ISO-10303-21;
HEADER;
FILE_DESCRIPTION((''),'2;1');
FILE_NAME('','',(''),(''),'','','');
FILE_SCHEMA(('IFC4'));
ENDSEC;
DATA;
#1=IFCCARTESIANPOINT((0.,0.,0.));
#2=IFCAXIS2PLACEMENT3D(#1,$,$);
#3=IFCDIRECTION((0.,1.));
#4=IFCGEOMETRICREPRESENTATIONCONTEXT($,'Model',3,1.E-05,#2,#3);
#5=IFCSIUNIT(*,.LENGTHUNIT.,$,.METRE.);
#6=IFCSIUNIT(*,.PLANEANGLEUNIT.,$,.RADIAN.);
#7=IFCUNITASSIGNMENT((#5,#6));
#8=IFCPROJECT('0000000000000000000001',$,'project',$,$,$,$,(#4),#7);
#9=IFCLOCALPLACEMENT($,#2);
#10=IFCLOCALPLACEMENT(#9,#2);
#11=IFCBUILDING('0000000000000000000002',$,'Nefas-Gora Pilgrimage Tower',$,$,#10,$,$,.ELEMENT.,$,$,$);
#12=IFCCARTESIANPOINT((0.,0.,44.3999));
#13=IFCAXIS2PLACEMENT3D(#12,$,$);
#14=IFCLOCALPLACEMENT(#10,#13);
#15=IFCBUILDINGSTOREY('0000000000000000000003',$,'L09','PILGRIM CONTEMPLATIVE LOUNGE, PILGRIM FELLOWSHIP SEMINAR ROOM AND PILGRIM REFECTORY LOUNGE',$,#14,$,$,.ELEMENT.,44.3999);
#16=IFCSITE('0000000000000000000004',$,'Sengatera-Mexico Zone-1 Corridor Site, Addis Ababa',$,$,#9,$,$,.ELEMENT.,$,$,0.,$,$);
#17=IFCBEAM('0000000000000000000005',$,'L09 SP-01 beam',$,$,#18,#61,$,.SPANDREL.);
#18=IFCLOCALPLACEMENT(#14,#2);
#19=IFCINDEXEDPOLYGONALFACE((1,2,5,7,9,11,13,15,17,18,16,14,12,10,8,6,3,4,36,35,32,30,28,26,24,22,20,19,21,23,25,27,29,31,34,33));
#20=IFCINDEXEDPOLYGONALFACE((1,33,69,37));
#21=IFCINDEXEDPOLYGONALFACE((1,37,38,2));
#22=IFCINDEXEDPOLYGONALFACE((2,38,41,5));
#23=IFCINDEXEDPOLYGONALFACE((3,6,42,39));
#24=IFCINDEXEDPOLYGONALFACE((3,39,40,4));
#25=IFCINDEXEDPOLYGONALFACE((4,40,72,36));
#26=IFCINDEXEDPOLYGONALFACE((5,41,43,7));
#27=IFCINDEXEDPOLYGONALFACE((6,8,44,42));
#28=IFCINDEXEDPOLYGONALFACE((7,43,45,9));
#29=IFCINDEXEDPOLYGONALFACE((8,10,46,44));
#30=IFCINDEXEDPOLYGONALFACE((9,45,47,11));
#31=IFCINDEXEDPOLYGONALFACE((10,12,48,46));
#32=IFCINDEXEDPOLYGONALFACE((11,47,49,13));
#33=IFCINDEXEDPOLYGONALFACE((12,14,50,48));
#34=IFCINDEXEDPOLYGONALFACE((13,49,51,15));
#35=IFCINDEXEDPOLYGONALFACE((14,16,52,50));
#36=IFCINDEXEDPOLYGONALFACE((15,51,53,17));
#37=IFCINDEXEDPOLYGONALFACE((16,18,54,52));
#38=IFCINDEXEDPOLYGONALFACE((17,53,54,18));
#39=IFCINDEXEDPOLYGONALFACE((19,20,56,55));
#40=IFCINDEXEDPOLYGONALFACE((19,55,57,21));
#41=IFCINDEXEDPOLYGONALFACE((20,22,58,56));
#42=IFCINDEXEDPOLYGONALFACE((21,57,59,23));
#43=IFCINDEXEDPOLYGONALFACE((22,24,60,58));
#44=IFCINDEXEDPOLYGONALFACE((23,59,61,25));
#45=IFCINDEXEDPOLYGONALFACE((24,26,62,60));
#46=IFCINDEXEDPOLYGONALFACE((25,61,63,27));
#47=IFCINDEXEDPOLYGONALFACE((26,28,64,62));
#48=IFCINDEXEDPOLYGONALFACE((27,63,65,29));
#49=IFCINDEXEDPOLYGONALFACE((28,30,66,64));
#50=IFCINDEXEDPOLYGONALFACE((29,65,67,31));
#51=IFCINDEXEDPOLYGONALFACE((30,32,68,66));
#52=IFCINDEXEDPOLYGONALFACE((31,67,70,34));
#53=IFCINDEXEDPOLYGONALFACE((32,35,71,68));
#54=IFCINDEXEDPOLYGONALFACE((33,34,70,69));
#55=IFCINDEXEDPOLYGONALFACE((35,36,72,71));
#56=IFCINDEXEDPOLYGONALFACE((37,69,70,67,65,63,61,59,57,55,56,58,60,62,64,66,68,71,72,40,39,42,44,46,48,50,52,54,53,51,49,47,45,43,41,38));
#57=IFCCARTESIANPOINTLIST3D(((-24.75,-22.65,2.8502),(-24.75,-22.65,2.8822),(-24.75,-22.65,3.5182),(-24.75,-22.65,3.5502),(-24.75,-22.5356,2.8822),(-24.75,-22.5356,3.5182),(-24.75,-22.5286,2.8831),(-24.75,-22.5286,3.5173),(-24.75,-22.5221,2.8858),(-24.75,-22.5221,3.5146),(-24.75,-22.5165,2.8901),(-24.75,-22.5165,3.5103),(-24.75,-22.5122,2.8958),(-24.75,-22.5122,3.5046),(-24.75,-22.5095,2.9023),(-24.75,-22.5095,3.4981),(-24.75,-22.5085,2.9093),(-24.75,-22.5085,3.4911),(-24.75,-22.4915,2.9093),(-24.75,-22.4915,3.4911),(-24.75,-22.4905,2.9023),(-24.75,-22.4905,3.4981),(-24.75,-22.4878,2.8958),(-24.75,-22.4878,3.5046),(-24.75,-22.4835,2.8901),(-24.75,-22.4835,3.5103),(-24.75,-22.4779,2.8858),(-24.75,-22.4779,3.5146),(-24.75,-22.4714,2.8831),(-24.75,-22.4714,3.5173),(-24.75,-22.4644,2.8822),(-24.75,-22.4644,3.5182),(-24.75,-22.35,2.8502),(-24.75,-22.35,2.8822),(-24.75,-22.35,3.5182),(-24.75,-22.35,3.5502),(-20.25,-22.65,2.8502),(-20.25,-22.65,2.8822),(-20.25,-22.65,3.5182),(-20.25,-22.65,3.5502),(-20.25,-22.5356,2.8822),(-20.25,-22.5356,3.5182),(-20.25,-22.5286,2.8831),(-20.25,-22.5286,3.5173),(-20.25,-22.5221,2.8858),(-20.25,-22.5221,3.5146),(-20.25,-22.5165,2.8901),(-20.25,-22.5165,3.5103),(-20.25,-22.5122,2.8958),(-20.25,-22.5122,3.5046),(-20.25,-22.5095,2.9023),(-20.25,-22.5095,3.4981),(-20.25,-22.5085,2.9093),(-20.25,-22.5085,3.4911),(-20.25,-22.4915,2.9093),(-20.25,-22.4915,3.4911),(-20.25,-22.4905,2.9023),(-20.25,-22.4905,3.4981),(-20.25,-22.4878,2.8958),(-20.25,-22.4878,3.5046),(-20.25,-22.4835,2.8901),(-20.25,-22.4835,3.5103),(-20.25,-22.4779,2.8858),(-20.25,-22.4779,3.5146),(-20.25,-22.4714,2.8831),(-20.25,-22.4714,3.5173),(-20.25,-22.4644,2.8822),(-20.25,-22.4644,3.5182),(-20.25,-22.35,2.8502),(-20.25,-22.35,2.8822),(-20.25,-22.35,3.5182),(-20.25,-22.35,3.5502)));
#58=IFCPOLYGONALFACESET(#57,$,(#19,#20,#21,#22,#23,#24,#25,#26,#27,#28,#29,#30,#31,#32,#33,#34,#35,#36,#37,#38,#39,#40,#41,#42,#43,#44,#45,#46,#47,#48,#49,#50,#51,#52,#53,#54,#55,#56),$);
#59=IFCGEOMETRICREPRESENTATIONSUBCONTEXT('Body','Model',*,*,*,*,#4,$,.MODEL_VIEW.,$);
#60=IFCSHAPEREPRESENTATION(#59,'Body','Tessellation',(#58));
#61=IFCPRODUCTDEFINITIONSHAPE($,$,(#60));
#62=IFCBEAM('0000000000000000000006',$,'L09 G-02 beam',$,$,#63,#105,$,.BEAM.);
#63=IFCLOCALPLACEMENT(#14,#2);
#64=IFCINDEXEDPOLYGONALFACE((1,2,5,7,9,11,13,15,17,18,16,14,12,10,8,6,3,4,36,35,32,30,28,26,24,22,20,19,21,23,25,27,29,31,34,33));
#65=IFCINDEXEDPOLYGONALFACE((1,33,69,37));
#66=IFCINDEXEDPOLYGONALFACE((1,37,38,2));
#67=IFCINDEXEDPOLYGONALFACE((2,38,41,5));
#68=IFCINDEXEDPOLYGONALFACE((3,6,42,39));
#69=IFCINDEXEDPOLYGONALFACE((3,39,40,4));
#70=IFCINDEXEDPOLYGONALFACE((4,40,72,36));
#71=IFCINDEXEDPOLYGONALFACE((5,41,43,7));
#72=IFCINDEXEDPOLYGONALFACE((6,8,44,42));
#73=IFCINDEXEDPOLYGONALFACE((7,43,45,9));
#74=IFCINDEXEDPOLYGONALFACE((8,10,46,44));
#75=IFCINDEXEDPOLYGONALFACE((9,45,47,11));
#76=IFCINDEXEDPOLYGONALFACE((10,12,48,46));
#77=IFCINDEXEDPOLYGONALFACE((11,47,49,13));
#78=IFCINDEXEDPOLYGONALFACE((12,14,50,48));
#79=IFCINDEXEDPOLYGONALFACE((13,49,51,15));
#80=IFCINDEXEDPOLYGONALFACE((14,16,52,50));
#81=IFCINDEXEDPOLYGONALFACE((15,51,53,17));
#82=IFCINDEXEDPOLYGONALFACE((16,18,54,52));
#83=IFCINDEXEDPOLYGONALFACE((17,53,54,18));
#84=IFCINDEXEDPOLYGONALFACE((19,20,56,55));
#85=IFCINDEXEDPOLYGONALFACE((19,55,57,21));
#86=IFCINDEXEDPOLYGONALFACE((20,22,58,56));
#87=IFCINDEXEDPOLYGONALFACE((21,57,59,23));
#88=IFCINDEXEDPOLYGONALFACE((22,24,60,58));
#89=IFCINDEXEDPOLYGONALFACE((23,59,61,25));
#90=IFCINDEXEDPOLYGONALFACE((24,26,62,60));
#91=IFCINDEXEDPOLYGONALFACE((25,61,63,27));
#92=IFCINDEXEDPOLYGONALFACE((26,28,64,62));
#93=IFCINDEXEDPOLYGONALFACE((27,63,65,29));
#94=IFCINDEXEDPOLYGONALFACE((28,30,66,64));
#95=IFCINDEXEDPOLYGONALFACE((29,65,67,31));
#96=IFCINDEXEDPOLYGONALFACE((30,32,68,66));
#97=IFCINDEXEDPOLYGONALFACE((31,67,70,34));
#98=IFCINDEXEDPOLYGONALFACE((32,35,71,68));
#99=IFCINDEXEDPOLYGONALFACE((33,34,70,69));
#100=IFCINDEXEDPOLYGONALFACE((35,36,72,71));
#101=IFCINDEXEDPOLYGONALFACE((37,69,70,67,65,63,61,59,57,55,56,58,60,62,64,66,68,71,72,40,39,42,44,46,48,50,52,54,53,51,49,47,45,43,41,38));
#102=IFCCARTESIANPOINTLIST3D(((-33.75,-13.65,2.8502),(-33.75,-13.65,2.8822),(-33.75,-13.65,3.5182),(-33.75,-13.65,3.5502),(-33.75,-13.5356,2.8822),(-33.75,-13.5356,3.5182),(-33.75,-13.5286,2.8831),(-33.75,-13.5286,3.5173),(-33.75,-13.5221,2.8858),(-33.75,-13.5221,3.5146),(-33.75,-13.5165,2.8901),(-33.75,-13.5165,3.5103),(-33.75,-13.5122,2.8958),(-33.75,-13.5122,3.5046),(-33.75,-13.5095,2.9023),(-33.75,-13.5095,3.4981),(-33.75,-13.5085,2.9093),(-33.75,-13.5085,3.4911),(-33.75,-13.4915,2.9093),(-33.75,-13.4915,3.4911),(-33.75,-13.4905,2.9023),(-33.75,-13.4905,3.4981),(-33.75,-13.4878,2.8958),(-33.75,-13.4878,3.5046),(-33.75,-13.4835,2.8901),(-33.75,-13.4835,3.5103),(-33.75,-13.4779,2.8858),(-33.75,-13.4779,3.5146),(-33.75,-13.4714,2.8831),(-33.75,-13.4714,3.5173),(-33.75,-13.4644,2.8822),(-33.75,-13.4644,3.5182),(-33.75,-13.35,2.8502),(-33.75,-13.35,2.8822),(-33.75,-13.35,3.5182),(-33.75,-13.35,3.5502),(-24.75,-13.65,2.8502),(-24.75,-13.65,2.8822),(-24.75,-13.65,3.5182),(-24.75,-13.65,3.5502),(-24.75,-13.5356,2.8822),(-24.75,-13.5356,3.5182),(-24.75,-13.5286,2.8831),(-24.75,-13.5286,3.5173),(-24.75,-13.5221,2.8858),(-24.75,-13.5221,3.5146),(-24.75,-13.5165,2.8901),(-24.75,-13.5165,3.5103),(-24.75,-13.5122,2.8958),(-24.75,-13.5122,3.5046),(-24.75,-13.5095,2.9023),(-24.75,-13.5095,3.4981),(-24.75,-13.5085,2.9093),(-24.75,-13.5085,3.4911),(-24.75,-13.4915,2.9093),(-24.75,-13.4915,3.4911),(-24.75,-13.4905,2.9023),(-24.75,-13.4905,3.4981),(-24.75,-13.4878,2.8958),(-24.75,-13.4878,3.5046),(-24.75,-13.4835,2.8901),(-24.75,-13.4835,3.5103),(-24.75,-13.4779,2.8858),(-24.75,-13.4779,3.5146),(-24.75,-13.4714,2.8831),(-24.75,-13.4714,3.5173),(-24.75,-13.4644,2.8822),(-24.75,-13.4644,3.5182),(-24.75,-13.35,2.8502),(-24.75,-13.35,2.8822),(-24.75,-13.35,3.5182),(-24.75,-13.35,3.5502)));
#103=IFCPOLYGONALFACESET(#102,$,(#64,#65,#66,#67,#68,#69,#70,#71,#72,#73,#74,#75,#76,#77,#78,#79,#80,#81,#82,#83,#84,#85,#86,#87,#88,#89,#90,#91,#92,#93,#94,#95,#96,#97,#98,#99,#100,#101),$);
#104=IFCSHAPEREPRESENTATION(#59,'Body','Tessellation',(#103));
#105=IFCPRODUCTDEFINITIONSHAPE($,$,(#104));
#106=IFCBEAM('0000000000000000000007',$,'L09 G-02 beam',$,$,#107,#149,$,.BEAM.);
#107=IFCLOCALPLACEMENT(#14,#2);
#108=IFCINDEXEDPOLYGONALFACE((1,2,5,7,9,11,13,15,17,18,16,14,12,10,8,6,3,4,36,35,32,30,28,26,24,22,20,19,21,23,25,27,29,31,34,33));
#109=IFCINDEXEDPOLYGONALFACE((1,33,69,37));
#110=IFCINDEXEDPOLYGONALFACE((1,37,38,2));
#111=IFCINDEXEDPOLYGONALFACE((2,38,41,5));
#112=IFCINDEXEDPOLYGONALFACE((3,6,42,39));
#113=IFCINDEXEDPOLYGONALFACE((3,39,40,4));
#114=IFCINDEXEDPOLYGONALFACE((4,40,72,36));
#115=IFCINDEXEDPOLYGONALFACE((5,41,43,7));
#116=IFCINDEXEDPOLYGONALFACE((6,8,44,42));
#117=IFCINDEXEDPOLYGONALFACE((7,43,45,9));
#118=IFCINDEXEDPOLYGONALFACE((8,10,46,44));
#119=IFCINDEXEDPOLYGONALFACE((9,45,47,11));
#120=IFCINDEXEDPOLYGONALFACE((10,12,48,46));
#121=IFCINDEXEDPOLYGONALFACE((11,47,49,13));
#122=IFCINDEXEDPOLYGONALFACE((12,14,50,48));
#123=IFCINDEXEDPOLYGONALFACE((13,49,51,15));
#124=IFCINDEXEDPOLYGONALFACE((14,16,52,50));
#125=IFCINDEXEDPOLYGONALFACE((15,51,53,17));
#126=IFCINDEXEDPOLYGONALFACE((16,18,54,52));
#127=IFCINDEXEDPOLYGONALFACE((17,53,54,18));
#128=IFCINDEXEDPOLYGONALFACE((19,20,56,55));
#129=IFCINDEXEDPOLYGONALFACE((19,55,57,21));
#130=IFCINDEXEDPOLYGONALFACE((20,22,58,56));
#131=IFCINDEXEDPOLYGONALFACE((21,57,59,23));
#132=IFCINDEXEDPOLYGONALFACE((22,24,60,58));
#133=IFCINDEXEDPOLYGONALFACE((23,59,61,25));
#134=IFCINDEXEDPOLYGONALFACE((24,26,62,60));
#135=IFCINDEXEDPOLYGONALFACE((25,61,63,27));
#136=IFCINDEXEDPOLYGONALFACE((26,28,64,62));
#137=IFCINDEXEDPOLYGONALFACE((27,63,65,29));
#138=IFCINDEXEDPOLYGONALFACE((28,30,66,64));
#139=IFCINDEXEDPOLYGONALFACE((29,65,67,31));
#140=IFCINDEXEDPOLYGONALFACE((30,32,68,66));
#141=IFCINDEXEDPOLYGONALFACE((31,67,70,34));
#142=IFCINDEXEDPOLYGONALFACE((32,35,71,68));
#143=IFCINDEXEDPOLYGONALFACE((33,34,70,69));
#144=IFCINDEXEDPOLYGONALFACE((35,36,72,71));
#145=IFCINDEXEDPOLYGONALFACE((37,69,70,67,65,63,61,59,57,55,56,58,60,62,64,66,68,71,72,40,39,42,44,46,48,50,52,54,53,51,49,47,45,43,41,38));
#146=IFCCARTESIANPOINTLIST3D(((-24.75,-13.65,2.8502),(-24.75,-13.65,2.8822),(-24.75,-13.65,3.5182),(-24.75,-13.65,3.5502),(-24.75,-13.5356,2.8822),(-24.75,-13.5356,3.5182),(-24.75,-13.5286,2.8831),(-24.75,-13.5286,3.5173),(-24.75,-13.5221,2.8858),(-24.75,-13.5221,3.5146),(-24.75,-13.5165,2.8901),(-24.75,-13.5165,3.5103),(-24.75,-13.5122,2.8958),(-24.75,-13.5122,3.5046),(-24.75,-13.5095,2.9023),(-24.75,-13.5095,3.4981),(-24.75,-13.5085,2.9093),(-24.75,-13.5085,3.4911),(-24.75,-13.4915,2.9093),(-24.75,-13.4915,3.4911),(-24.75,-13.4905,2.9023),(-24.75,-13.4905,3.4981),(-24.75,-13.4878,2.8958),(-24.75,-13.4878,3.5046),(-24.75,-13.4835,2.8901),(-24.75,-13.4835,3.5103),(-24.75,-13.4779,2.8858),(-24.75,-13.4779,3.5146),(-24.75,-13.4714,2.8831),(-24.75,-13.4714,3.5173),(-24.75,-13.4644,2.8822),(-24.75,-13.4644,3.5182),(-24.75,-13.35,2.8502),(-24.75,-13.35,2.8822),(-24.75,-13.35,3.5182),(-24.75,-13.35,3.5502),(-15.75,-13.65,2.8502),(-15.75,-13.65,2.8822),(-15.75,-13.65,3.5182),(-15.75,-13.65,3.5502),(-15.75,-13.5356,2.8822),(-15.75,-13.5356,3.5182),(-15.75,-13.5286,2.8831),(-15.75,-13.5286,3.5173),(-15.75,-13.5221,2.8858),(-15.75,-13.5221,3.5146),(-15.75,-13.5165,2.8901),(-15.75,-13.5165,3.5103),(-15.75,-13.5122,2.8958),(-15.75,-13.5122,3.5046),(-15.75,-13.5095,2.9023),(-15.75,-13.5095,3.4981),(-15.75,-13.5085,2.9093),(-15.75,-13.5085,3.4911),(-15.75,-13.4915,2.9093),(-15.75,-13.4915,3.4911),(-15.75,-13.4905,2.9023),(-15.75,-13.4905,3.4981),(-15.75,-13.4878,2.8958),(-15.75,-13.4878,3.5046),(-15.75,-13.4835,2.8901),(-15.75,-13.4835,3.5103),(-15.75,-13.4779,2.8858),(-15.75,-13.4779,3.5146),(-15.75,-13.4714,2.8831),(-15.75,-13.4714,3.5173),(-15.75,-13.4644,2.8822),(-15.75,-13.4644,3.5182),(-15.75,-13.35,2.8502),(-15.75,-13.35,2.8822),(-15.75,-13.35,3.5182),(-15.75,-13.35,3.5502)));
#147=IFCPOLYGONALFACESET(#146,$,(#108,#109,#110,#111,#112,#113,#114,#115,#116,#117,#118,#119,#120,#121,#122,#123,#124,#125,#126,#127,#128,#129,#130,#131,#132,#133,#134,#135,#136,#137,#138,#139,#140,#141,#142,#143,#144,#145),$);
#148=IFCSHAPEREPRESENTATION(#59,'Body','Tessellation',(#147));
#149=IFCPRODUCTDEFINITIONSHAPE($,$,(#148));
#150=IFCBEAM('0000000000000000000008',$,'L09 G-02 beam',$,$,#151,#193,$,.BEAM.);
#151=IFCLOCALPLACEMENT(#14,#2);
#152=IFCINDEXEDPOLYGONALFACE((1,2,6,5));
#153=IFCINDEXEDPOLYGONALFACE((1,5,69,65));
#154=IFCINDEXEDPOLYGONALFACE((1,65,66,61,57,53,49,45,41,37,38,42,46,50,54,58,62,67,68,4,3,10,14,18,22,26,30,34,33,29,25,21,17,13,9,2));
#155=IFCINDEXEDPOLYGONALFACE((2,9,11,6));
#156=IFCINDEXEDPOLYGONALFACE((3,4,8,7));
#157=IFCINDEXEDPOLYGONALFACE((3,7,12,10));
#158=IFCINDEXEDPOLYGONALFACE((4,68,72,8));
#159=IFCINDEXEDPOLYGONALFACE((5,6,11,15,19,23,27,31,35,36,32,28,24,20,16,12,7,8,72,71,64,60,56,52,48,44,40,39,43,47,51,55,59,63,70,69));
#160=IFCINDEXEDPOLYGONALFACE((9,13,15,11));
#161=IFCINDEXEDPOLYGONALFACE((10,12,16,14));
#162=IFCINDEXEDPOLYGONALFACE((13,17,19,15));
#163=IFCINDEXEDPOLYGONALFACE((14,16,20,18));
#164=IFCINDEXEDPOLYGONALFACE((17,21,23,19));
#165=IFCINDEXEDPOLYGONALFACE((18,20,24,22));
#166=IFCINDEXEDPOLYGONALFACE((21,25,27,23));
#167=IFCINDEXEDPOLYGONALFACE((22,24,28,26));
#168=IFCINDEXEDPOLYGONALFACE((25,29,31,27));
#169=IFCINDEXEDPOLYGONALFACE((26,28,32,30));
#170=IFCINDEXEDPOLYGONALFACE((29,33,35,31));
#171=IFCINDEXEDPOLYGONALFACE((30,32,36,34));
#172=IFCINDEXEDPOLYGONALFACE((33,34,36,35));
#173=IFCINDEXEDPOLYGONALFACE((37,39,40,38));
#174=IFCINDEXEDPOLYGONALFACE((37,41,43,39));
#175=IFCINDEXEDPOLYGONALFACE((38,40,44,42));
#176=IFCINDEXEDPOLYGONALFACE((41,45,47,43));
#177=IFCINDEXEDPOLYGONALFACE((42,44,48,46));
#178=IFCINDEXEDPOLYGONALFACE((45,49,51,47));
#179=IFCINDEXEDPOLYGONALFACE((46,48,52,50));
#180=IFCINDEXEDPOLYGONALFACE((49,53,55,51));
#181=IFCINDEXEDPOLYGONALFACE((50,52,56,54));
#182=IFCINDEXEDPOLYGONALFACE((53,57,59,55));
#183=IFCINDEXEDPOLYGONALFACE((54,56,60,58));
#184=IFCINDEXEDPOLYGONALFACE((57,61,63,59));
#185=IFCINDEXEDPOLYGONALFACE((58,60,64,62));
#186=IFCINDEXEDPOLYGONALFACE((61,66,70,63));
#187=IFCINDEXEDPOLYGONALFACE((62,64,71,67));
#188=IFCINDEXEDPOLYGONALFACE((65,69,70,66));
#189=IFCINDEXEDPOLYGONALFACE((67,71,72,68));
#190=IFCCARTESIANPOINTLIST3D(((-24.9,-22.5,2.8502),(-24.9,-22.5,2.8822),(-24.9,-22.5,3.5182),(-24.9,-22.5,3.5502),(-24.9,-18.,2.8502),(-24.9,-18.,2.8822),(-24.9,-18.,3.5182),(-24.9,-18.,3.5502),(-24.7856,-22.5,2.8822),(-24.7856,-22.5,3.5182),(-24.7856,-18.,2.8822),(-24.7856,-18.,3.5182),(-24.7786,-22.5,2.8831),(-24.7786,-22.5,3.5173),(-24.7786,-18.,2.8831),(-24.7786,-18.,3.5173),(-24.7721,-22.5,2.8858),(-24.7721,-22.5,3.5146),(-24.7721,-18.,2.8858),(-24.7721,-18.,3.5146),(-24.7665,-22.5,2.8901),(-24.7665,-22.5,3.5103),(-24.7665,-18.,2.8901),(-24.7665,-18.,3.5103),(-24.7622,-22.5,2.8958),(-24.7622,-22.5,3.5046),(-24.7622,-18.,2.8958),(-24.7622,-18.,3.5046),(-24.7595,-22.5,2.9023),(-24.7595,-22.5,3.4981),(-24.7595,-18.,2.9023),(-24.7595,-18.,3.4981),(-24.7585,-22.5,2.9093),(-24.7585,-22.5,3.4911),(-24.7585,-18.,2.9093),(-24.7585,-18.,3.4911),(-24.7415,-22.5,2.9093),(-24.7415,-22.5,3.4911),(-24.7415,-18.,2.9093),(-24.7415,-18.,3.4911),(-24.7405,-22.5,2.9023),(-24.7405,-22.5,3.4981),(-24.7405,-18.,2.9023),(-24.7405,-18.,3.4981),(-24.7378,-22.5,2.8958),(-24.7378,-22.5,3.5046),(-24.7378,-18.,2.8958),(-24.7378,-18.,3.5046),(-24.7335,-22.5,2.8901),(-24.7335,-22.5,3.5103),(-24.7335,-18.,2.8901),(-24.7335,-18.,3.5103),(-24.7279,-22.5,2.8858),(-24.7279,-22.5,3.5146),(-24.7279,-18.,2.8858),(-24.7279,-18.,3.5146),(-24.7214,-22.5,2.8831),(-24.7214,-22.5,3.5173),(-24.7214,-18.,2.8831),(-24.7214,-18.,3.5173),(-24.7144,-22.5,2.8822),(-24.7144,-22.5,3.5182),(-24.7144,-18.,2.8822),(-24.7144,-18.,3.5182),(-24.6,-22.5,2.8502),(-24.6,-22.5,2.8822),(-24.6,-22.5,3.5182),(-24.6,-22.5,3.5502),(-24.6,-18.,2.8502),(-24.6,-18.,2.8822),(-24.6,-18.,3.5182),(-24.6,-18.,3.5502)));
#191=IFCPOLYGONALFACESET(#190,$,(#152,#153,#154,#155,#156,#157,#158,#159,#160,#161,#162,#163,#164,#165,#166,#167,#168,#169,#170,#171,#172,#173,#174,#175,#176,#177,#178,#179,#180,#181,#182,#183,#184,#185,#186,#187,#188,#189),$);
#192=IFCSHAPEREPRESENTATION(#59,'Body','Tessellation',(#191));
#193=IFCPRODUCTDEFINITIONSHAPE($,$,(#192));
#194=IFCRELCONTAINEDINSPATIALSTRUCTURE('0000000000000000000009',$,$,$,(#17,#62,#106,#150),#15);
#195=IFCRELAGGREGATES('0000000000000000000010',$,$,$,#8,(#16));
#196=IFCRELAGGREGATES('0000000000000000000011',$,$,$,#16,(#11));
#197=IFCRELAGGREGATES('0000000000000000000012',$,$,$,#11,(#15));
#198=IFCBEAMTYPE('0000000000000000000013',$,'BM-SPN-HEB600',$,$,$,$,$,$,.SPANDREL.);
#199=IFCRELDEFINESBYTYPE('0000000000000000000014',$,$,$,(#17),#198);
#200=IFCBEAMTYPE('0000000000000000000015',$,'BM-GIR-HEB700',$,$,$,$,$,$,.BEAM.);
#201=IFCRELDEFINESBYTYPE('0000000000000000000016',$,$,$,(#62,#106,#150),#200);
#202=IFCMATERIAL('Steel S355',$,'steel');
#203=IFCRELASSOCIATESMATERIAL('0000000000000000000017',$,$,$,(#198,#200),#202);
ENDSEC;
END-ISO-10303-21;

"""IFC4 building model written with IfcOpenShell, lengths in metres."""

from ifc_helpers import new_model, si_unit, direction, frame, origin, origin_2d, place, context, subcontext, project, spatial, i_section, extrude, source, transform, mapped, material, material_profile, profile_set, type_object, element, save


model = new_model("IFC4")

# Units and contexts
model_context = context("Model", 3, precision=1e-05, world=origin(), true_north=direction((0.0, 1.0)))
body_context = subcontext(model_context, "Body", "Model", "MODEL_VIEW")
ifc_project = project(units=[si_unit("LENGTHUNIT", "METRE"), si_unit("PLANEANGLEUNIT", "RADIAN")], contexts=[model_context])

# Site, building, storey
site_placement = place(None, origin())
site = spatial("IfcSite", under=ifc_project, at=site_placement, Name="Sengatera-Mexico Zone-1 Corridor Site, Addis Ababa", CompositionType="ELEMENT", RefElevation=0.0)
building_placement = place(site_placement, origin())
building = spatial("IfcBuilding", under=site, at=building_placement, Name="Nefas-Gora Pilgrimage Tower", CompositionType="ELEMENT")
storey_placement = place(building_placement, frame((0.0, 0.0, 44.3999)))
storey = spatial("IfcBuildingStorey", under=building, at=storey_placement, Name="L09", Description="PILGRIM CONTEMPLATIVE LOUNGE, PILGRIM FELLOWSHIP SEMINAR ROOM AND PILGRIM REFECTORY LOUNGE", CompositionType="ELEMENT", Elevation=44.3999)

# Beams
ifc_material_1 = material(Name="Steel S355", Category="steel")
ifc_material_profile_1 = material_profile(ifc_material_1, i_section(OverallWidth=0.3, OverallDepth=0.7, WebThickness=0.0171, FlangeThickness=0.032, FilletRadius=0.0271, at=origin_2d()), Name="HEB 700")
ifc_profile_set_1 = profile_set([ifc_material_profile_1], Name="Steel S355")
beam_type_1 = type_object("IfcBeamType", Name="BM-SPN-HEB600", PredefinedType="SPANDREL", material=ifc_profile_set_1)
shared_shape_1 = source(origin(), body_context, "Body", "SweptSolid", [
    extrude(i_section(OverallWidth=0.3, OverallDepth=0.7, WebThickness=0.0171, FlangeThickness=0.032, FilletRadius=0.0271, at=origin_2d()), origin(), (0.0, 0.0, 1.0), 4.5),
])
for number, where, z_axis, x_axis, name in (
    (1, (-24.75, -22.5, 3.2002), (1.0, 0.0, 0.0), (0.0, 1.0, 0.0), "L09 SP-01 beam"),
):
    element("IfcBeam", number, at=place(storey_placement, frame(where, z_axis=z_axis, x_axis=x_axis)), inside=storey, type_object=beam_type_1, Name=name, PredefinedType="SPANDREL", context=body_context, shape_type="MappedRepresentation", body=[
        mapped(shared_shape_1, transform((0.0, 0.0, 0.0), x_axis=(1.0, 0.0, 0.0), y_axis=(0.0, 1.0, 0.0), z_axis=(0.0, 0.0, 1.0), scale=1.0)),
    ])
ifc_material_profile_2 = material_profile(ifc_material_1, i_section(OverallWidth=0.3, OverallDepth=0.7, WebThickness=0.0171, FlangeThickness=0.032, FilletRadius=0.0271, at=origin_2d()), Name="HEB 700")
ifc_profile_set_2 = profile_set([ifc_material_profile_2], Name="Steel S355")
beam_type_2 = type_object("IfcBeamType", Name="BM-GIR-HEB700", PredefinedType="BEAM", material=ifc_profile_set_2)
shared_shape_2 = source(origin(), body_context, "Body", "SweptSolid", [
    extrude(i_section(OverallWidth=0.3, OverallDepth=0.7, WebThickness=0.0171, FlangeThickness=0.032, FilletRadius=0.0271, at=origin_2d()), origin(), (0.0, 0.0, 1.0), 9.0),
])
for number, where, z_axis, x_axis, name in (
    (2, (-33.75, -13.5, 3.2002), (1.0, 0.0, 0.0), (0.0, 1.0, 0.0), "L09 G-02 beam"),
    (3, (-24.75, -13.5, 3.2002), (1.0, 0.0, 0.0), (0.0, 1.0, 0.0), "L09 G-02 beam"),
):
    element("IfcBeam", number, at=place(storey_placement, frame(where, z_axis=z_axis, x_axis=x_axis)), inside=storey, type_object=beam_type_2, Name=name, PredefinedType="BEAM", context=body_context, shape_type="MappedRepresentation", body=[
        mapped(shared_shape_2, transform((0.0, 0.0, 0.0), x_axis=(1.0, 0.0, 0.0), y_axis=(0.0, 1.0, 0.0), z_axis=(0.0, 0.0, 1.0), scale=1.0)),
    ])
shared_shape_3 = source(origin(), body_context, "Body", "SweptSolid", [
    extrude(i_section(OverallWidth=0.3, OverallDepth=0.7, WebThickness=0.0171, FlangeThickness=0.032, FilletRadius=0.0271, at=origin_2d()), origin(), (0.0, 0.0, 1.0), 4.5),
])
for number, where, z_axis, x_axis, name in (
    (4, (-24.75, -22.5, 3.2002), (0.0, 1.0, 0.0), (-1.0, 0.0, 0.0), "L09 G-02 beam"),
):
    element("IfcBeam", number, at=place(storey_placement, frame(where, z_axis=z_axis, x_axis=x_axis)), inside=storey, type_object=beam_type_2, Name=name, PredefinedType="BEAM", context=body_context, shape_type="MappedRepresentation", body=[
        mapped(shared_shape_3, transform((0.0, 0.0, 0.0), x_axis=(1.0, 0.0, 0.0), y_axis=(0.0, 1.0, 0.0), z_axis=(0.0, 0.0, 1.0), scale=1.0)),
    ])

save(model, "model.ifc")
